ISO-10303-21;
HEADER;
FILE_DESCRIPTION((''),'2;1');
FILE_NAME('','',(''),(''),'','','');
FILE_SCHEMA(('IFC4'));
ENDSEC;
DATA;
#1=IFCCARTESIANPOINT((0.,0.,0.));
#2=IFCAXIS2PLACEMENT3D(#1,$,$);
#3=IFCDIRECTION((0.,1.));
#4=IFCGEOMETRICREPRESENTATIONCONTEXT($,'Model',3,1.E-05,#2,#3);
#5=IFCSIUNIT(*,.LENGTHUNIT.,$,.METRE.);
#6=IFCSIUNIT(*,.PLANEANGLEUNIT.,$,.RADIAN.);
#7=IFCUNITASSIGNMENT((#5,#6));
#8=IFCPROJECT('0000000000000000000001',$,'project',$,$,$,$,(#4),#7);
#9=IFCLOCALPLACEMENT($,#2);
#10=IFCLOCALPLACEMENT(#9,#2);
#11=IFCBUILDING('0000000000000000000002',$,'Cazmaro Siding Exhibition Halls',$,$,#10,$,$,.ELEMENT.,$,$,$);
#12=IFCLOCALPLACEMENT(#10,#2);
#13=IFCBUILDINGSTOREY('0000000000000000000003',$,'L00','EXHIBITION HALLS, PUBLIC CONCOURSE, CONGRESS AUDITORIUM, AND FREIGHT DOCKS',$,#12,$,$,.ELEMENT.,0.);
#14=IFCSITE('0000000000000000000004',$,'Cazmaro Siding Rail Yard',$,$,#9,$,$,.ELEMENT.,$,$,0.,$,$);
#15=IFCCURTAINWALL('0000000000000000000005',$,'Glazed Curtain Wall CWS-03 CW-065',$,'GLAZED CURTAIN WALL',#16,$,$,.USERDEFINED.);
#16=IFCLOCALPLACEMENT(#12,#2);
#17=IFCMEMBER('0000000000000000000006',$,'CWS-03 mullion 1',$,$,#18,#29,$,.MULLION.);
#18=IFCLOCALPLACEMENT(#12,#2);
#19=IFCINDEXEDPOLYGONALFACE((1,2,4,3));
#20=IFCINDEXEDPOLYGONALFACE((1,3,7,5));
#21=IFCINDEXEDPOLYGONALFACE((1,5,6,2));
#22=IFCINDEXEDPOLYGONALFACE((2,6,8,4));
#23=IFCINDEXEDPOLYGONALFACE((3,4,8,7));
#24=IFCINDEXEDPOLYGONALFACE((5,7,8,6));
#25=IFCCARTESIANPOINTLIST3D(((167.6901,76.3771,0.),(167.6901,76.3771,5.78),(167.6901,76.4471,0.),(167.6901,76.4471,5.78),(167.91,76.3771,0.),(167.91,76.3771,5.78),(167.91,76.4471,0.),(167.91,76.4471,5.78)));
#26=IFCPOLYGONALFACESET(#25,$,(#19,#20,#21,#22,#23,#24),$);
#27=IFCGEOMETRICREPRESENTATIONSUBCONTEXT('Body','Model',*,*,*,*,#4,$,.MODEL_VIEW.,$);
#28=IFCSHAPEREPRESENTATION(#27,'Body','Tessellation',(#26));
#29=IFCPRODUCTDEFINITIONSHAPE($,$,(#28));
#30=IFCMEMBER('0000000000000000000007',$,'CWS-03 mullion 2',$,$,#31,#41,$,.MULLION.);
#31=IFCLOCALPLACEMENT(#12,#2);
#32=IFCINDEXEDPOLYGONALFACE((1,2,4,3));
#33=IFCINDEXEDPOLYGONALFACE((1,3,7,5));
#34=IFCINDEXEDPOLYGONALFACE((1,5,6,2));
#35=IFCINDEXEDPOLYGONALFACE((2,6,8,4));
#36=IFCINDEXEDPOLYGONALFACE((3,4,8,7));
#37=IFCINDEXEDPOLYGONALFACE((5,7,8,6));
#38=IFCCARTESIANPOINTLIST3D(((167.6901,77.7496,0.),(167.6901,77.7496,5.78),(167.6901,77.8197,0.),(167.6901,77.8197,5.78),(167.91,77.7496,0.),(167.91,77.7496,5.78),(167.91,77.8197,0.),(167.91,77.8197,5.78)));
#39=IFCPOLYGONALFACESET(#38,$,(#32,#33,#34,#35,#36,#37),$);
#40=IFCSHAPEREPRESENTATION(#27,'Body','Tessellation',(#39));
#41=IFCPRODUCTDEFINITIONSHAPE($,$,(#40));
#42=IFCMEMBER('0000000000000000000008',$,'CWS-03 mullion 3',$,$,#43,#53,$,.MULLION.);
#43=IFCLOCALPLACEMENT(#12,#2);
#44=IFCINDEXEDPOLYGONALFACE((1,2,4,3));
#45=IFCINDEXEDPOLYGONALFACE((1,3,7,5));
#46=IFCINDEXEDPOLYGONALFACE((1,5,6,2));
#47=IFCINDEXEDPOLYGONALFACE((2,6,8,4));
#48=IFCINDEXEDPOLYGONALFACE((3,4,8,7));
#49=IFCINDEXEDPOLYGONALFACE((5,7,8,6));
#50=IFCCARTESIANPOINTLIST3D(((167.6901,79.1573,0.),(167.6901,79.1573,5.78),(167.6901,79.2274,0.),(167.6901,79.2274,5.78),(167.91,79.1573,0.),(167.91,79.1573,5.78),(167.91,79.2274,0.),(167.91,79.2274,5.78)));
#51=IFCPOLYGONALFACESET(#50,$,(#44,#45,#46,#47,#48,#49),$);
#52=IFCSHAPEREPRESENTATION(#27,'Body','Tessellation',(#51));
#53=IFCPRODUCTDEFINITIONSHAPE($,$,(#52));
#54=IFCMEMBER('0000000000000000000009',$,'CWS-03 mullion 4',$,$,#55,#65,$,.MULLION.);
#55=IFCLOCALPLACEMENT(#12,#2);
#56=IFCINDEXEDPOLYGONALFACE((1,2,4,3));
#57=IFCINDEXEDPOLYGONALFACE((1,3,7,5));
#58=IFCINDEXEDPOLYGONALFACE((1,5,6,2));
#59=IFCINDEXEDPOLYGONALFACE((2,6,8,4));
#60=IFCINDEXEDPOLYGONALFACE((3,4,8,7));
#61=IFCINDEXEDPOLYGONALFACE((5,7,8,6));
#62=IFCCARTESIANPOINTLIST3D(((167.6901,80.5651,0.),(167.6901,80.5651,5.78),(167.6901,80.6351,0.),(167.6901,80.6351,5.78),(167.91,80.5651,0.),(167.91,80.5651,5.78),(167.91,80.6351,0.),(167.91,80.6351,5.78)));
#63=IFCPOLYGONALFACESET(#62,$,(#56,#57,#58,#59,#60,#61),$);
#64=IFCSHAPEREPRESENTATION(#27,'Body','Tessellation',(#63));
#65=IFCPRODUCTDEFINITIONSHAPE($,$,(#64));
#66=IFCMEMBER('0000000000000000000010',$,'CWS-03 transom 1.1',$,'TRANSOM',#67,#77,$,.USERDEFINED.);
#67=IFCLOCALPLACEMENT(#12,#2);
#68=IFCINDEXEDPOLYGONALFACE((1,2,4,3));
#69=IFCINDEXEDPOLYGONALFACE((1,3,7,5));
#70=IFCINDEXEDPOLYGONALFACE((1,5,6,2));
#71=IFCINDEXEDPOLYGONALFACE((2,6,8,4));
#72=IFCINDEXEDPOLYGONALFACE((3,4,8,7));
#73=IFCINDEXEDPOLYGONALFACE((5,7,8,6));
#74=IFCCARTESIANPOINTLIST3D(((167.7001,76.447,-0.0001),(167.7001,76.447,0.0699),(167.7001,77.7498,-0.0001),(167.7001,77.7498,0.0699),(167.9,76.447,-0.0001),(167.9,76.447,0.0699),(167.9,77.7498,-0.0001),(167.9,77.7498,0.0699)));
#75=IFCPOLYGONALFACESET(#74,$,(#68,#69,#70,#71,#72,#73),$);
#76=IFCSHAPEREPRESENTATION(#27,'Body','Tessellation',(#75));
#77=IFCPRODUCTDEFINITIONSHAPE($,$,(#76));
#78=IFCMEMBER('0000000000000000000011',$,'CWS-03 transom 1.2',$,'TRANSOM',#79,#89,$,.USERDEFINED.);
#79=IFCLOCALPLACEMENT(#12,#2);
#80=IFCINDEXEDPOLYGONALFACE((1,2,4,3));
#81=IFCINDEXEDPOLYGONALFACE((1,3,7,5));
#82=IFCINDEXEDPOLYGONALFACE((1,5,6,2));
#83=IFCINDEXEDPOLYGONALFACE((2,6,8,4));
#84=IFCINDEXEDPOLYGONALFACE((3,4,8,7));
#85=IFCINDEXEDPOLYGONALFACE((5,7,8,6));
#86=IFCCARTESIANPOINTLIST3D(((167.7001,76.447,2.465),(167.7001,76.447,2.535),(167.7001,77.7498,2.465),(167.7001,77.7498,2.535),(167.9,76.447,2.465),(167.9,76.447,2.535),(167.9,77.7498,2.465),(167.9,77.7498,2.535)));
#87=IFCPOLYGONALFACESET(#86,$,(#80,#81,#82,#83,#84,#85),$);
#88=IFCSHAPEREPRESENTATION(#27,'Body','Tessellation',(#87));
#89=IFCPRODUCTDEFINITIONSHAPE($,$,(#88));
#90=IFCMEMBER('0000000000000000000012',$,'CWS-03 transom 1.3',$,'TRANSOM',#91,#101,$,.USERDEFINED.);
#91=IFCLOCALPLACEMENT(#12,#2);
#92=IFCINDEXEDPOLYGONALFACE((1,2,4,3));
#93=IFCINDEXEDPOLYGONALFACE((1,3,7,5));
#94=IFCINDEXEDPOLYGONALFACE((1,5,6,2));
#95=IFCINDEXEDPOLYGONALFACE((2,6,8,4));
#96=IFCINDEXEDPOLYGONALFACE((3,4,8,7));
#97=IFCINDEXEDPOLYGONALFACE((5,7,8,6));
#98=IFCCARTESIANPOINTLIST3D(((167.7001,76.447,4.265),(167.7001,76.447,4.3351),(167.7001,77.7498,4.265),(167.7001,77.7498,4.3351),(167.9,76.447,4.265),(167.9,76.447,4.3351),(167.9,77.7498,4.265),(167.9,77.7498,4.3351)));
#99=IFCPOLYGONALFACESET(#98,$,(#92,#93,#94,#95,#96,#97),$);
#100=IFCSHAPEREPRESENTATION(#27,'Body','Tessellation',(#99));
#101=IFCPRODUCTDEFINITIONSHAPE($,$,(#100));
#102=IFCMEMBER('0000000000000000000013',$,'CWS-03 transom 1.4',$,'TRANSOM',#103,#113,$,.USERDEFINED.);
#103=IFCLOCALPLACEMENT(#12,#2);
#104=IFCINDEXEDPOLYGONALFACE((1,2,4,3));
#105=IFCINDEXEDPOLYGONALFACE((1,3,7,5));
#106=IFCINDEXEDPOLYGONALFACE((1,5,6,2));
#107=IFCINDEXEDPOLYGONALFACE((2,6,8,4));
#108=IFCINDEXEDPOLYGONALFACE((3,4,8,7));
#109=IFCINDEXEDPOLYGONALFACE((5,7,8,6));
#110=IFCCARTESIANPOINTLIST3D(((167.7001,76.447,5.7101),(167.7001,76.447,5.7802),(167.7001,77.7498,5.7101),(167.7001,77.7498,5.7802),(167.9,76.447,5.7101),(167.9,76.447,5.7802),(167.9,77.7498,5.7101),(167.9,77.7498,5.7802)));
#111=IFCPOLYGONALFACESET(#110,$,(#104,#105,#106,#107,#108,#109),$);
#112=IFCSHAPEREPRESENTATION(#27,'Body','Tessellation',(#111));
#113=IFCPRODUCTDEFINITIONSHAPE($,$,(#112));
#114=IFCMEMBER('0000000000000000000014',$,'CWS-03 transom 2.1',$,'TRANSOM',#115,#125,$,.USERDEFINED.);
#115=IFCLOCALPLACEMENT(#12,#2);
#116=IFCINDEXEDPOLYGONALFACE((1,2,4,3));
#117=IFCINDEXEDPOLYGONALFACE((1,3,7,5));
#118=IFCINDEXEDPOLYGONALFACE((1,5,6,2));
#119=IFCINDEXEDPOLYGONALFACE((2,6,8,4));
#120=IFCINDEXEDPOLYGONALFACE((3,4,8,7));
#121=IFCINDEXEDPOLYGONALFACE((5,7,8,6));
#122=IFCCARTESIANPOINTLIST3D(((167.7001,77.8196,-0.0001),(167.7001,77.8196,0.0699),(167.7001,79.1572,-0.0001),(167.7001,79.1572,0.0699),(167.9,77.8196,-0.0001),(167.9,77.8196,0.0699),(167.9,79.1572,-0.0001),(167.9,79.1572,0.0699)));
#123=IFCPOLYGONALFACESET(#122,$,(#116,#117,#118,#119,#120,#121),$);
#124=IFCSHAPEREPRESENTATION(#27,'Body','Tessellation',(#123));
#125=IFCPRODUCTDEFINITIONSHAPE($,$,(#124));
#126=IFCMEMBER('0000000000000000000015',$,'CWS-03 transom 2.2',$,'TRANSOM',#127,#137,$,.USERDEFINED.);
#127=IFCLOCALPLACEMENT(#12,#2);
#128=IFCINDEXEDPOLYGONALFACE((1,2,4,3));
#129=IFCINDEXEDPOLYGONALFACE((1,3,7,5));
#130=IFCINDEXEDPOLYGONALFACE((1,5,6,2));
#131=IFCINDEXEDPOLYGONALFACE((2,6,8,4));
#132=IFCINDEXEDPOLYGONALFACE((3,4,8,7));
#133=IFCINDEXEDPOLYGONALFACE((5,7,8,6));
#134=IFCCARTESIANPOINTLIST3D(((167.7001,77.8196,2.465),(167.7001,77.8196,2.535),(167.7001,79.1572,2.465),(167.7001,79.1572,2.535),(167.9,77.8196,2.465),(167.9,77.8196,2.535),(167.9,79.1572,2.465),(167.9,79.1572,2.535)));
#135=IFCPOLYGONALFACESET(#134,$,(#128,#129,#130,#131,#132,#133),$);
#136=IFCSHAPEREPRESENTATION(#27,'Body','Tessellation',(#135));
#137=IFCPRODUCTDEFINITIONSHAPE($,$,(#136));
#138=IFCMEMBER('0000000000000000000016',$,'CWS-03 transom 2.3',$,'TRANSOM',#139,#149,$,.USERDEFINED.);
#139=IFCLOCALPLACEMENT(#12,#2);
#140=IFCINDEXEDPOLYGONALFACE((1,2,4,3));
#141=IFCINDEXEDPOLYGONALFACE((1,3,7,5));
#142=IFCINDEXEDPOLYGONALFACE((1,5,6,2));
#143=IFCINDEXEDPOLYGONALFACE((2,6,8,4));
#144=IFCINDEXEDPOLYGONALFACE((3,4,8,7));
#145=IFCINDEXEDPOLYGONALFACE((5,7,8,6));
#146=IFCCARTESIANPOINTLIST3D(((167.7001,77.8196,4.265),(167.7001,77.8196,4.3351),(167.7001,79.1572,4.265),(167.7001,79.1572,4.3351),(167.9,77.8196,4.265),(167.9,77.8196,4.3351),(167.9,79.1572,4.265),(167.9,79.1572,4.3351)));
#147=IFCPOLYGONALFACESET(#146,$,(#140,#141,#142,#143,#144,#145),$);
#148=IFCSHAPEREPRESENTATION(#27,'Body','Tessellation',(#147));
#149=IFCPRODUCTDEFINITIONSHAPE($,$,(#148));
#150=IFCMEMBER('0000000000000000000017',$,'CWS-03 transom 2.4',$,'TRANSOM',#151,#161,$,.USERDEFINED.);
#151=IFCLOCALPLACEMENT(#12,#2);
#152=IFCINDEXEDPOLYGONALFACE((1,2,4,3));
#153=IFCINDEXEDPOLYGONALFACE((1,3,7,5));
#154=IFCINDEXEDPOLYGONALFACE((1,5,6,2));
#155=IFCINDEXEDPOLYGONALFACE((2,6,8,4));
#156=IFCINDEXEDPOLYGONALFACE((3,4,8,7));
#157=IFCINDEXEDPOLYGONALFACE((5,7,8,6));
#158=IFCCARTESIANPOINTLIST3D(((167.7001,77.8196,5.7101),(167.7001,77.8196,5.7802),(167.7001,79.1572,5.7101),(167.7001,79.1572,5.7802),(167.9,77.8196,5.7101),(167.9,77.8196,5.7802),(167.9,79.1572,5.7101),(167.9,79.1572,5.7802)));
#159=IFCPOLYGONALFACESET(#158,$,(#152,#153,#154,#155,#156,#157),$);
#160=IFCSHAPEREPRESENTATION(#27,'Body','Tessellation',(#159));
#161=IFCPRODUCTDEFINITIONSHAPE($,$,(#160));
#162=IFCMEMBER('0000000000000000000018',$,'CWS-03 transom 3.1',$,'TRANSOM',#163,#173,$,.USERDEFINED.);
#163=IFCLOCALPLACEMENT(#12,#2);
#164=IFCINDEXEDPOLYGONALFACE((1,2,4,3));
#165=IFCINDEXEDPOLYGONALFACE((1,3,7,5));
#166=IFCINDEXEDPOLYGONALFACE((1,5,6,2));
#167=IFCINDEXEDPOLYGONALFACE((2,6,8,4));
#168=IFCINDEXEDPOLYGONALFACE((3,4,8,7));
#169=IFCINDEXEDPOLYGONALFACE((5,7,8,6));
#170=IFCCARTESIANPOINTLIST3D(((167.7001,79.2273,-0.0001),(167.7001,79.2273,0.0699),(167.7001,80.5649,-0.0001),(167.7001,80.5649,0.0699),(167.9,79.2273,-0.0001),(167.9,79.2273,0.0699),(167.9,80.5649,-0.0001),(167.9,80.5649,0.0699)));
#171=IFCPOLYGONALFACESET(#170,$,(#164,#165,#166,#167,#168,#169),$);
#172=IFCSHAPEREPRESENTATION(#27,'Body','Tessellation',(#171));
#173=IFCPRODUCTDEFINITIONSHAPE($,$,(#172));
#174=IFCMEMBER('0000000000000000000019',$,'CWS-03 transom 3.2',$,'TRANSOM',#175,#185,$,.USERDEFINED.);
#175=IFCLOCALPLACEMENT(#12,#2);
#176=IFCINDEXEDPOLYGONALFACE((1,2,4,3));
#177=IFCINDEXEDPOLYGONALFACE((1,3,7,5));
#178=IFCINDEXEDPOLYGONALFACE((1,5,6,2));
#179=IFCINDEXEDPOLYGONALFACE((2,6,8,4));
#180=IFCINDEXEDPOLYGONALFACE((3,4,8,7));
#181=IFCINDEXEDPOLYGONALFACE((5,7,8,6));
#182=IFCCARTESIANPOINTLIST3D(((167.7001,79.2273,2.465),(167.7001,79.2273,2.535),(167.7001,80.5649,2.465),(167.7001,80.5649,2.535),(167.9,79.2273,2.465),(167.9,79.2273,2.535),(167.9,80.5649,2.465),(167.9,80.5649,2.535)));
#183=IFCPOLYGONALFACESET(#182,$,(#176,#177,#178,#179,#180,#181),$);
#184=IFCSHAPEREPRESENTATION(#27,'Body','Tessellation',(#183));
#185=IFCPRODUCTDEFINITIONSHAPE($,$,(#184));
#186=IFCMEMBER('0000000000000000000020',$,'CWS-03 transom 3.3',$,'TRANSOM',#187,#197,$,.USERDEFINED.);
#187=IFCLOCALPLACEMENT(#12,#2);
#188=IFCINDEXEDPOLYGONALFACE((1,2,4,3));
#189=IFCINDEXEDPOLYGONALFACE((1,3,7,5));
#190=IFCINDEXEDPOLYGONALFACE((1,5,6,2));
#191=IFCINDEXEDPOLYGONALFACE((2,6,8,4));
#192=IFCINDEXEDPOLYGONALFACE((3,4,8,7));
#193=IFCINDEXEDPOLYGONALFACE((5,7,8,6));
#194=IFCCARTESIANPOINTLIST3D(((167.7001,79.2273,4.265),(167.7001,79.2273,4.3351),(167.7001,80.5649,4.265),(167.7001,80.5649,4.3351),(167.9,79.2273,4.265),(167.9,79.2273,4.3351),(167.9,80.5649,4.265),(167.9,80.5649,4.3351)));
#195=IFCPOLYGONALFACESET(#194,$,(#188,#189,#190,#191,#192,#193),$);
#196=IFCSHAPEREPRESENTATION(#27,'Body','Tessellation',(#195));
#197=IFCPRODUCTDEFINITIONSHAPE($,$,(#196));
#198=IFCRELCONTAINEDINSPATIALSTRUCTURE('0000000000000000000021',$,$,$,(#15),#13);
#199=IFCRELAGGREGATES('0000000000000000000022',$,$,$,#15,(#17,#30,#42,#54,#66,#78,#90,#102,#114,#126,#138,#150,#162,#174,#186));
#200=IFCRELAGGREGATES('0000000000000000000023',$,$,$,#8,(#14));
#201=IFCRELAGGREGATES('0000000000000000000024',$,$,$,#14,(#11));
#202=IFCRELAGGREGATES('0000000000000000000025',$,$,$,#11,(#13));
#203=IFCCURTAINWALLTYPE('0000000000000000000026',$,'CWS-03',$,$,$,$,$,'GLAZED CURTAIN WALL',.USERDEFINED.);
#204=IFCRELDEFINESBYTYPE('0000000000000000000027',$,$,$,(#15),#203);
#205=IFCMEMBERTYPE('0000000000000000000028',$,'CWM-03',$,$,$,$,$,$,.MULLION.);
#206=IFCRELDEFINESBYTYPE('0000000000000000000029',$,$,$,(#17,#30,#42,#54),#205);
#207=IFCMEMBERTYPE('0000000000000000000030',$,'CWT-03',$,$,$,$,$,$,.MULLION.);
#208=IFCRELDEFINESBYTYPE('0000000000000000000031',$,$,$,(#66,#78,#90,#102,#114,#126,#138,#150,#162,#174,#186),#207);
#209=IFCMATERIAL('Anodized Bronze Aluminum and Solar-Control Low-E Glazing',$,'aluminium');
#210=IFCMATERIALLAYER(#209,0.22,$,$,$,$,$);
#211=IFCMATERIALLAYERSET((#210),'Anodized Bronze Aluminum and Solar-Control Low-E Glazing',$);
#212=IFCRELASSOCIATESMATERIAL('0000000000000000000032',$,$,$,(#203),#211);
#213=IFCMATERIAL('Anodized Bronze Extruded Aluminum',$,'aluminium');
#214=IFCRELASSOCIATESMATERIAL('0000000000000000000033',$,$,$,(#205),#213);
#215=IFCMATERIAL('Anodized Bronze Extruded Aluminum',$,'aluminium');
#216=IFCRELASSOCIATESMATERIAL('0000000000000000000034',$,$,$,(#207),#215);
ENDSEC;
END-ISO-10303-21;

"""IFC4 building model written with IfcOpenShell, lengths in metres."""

from ifc_helpers import new_model, si_unit, direction, frame, origin, origin_2d, place, context, subcontext, project, spatial, rectangle, extrude, material, layer, layer_set, material_profile, profile_set, type_object, element, aggregate, save


model = new_model("IFC4")

# Units and contexts
model_context = context("Model", 3, precision=1e-05, world=origin(), true_north=direction((0.0, 1.0)))
body_context = subcontext(model_context, "Body", "Model", "MODEL_VIEW")
ifc_project = project(units=[si_unit("LENGTHUNIT", "METRE"), si_unit("PLANEANGLEUNIT", "RADIAN")], contexts=[model_context])

# Site, building, storey
site_placement = place(None, origin())
site = spatial("IfcSite", under=ifc_project, at=site_placement, Name="Cazmaro Siding Rail Yard", CompositionType="ELEMENT", RefElevation=0.0)
building_placement = place(site_placement, origin())
building = spatial("IfcBuilding", under=site, at=building_placement, Name="Cazmaro Siding Exhibition Halls", CompositionType="ELEMENT")
storey_placement = place(building_placement, origin())
storey = spatial("IfcBuildingStorey", under=building, at=storey_placement, Name="L00", Description="EXHIBITION HALLS, PUBLIC CONCOURSE, CONGRESS AUDITORIUM, AND FREIGHT DOCKS", CompositionType="ELEMENT", Elevation=0.0)

# Curtain wall, members
ifc_material_1 = material(Name="Anodized Bronze Aluminum and Solar-Control Low-E Glazing", Category="aluminium")
ifc_layer_1 = layer(ifc_material_1, 0.22)
ifc_layer_set_1 = layer_set([ifc_layer_1], Name="Anodized Bronze Aluminum and Solar-Control Low-E Glazing")
curtain_wall_type = type_object("IfcCurtainWallType", Name="CWS-03", ElementType="GLAZED CURTAIN WALL", PredefinedType="USERDEFINED", material=ifc_layer_set_1)
curtain_wall_placement = place(storey_placement, origin())
curtain_wall = element("IfcCurtainWall", 1, at=curtain_wall_placement, inside=storey, type_object=curtain_wall_type, Name="Glazed Curtain Wall CWS-03 CW-065", ObjectType="GLAZED CURTAIN WALL", PredefinedType="USERDEFINED")
ifc_material_2 = material(Name="Anodized Bronze Extruded Aluminum", Category="aluminium")
ifc_material_profile_1 = material_profile(ifc_material_2, rectangle(XDim=0.22, YDim=0.0701, at=origin_2d()), Name="CWM-03")
ifc_profile_set_1 = profile_set([ifc_material_profile_1], Name="Anodized Bronze Extruded Aluminum")
member_type_1 = type_object("IfcMemberType", Name="CWM-03", PredefinedType="MULLION", material=ifc_profile_set_1)
member_1_placement = place(storey_placement, frame((167.8, 76.4121, 0.0), z_axis=(0.0, 0.0, 1.0), x_axis=(-1.0, 0.0, 0.0)))
member_1 = element("IfcMember", 2, at=member_1_placement, type_object=member_type_1, Name="CWS-03 mullion 1", PredefinedType="MULLION", context=body_context, shape_type="SweptSolid", body=[
    extrude(rectangle(XDim=0.22, YDim=0.0701, at=origin_2d()), origin(), (0.0, 0.0, 1.0), 5.78),
])
member_2_placement = place(storey_placement, frame((167.8, 77.7847, 0.0), z_axis=(0.0, 0.0, 1.0), x_axis=(-1.0, 0.0, 0.0)))
member_2 = element("IfcMember", 3, at=member_2_placement, type_object=member_type_1, Name="CWS-03 mullion 2", PredefinedType="MULLION", context=body_context, shape_type="SweptSolid", body=[
    extrude(rectangle(XDim=0.22, YDim=0.0701, at=origin_2d()), origin(), (0.0, 0.0, 1.0), 5.78),
])
member_3_placement = place(storey_placement, frame((167.8, 79.1924, 0.0), z_axis=(0.0, 0.0, 1.0), x_axis=(-1.0, 0.0, 0.0)))
member_3 = element("IfcMember", 4, at=member_3_placement, type_object=member_type_1, Name="CWS-03 mullion 3", PredefinedType="MULLION", context=body_context, shape_type="SweptSolid", body=[
    extrude(rectangle(XDim=0.22, YDim=0.0701, at=origin_2d()), origin(), (0.0, 0.0, 1.0), 5.78),
])
member_4_placement = place(storey_placement, frame((167.8, 80.6001, 0.0), z_axis=(0.0, 0.0, 1.0), x_axis=(-1.0, 0.0, 0.0)))
member_4 = element("IfcMember", 5, at=member_4_placement, type_object=member_type_1, Name="CWS-03 mullion 4", PredefinedType="MULLION", context=body_context, shape_type="SweptSolid", body=[
    extrude(rectangle(XDim=0.22, YDim=0.0701, at=origin_2d()), origin(), (0.0, 0.0, 1.0), 5.78),
])
ifc_material_3 = material(Name="Anodized Bronze Extruded Aluminum", Category="aluminium")
ifc_material_profile_2 = material_profile(ifc_material_3, rectangle(XDim=0.2, YDim=0.0701, at=origin_2d()), Name="CWT-03")
ifc_profile_set_2 = profile_set([ifc_material_profile_2], Name="Anodized Bronze Extruded Aluminum")
member_type_2 = type_object("IfcMemberType", Name="CWT-03", PredefinedType="MULLION", material=ifc_profile_set_2)
member_5_placement = place(storey_placement, frame((167.8, 76.447, 0.0349), z_axis=(0.0, 1.0, 0.0), x_axis=(-1.0, 0.0, 0.0)))
member_5 = element("IfcMember", 6, at=member_5_placement, type_object=member_type_2, Name="CWS-03 transom 1.1", ObjectType="TRANSOM", PredefinedType="USERDEFINED", context=body_context, shape_type="SweptSolid", body=[
    extrude(rectangle(XDim=0.2, YDim=0.0701, at=origin_2d()), origin(), (0.0, 0.0, 1.0), 1.3027),
])
member_6_placement = place(storey_placement, frame((167.8, 76.447, 2.5), z_axis=(0.0, 1.0, 0.0), x_axis=(-1.0, 0.0, 0.0)))
member_6 = element("IfcMember", 7, at=member_6_placement, type_object=member_type_2, Name="CWS-03 transom 1.2", ObjectType="TRANSOM", PredefinedType="USERDEFINED", context=body_context, shape_type="SweptSolid", body=[
    extrude(rectangle(XDim=0.2, YDim=0.0701, at=origin_2d()), origin(), (0.0, 0.0, 1.0), 1.3027),
])
member_7_placement = place(storey_placement, frame((167.8, 76.447, 4.3), z_axis=(0.0, 1.0, 0.0), x_axis=(-1.0, 0.0, 0.0)))
member_7 = element("IfcMember", 8, at=member_7_placement, type_object=member_type_2, Name="CWS-03 transom 1.3", ObjectType="TRANSOM", PredefinedType="USERDEFINED", context=body_context, shape_type="SweptSolid", body=[
    extrude(rectangle(XDim=0.2, YDim=0.0701, at=origin_2d()), origin(), (0.0, 0.0, 1.0), 1.3027),
])
member_8_placement = place(storey_placement, frame((167.8, 76.447, 5.7451), z_axis=(0.0, 1.0, 0.0), x_axis=(-1.0, 0.0, 0.0)))
member_8 = element("IfcMember", 9, at=member_8_placement, type_object=member_type_2, Name="CWS-03 transom 1.4", ObjectType="TRANSOM", PredefinedType="USERDEFINED", context=body_context, shape_type="SweptSolid", body=[
    extrude(rectangle(XDim=0.2, YDim=0.0701, at=origin_2d()), origin(), (0.0, 0.0, 1.0), 1.3027),
])
member_9_placement = place(storey_placement, frame((167.8, 77.8196, 0.0349), z_axis=(0.0, 1.0, 0.0), x_axis=(-1.0, 0.0, 0.0)))
member_9 = element("IfcMember", 10, at=member_9_placement, type_object=member_type_2, Name="CWS-03 transom 2.1", ObjectType="TRANSOM", PredefinedType="USERDEFINED", context=body_context, shape_type="SweptSolid", body=[
    extrude(rectangle(XDim=0.2, YDim=0.0701, at=origin_2d()), origin(), (0.0, 0.0, 1.0), 1.3376),
])
member_10_placement = place(storey_placement, frame((167.8, 77.8196, 2.5), z_axis=(0.0, 1.0, 0.0), x_axis=(-1.0, 0.0, 0.0)))
member_10 = element("IfcMember", 11, at=member_10_placement, type_object=member_type_2, Name="CWS-03 transom 2.2", ObjectType="TRANSOM", PredefinedType="USERDEFINED", context=body_context, shape_type="SweptSolid", body=[
    extrude(rectangle(XDim=0.2, YDim=0.0701, at=origin_2d()), origin(), (0.0, 0.0, 1.0), 1.3376),
])
member_11_placement = place(storey_placement, frame((167.8, 77.8196, 4.3), z_axis=(0.0, 1.0, 0.0), x_axis=(-1.0, 0.0, 0.0)))
member_11 = element("IfcMember", 12, at=member_11_placement, type_object=member_type_2, Name="CWS-03 transom 2.3", ObjectType="TRANSOM", PredefinedType="USERDEFINED", context=body_context, shape_type="SweptSolid", body=[
    extrude(rectangle(XDim=0.2, YDim=0.0701, at=origin_2d()), origin(), (0.0, 0.0, 1.0), 1.3376),
])
member_12_placement = place(storey_placement, frame((167.8, 77.8196, 5.7451), z_axis=(0.0, 1.0, 0.0), x_axis=(-1.0, 0.0, 0.0)))
member_12 = element("IfcMember", 13, at=member_12_placement, type_object=member_type_2, Name="CWS-03 transom 2.4", ObjectType="TRANSOM", PredefinedType="USERDEFINED", context=body_context, shape_type="SweptSolid", body=[
    extrude(rectangle(XDim=0.2, YDim=0.0701, at=origin_2d()), origin(), (0.0, 0.0, 1.0), 1.3376),
])
member_13_placement = place(storey_placement, frame((167.8, 79.2273, 0.0349), z_axis=(0.0, 1.0, 0.0), x_axis=(-1.0, 0.0, 0.0)))
member_13 = element("IfcMember", 14, at=member_13_placement, type_object=member_type_2, Name="CWS-03 transom 3.1", ObjectType="TRANSOM", PredefinedType="USERDEFINED", context=body_context, shape_type="SweptSolid", body=[
    extrude(rectangle(XDim=0.2, YDim=0.0701, at=origin_2d()), origin(), (0.0, 0.0, 1.0), 1.3376),
])
member_14_placement = place(storey_placement, frame((167.8, 79.2273, 2.5), z_axis=(0.0, 1.0, 0.0), x_axis=(-1.0, 0.0, 0.0)))
member_14 = element("IfcMember", 15, at=member_14_placement, type_object=member_type_2, Name="CWS-03 transom 3.2", ObjectType="TRANSOM", PredefinedType="USERDEFINED", context=body_context, shape_type="SweptSolid", body=[
    extrude(rectangle(XDim=0.2, YDim=0.0701, at=origin_2d()), origin(), (0.0, 0.0, 1.0), 1.3376),
])
member_15_placement = place(storey_placement, frame((167.8, 79.2273, 4.3), z_axis=(0.0, 1.0, 0.0), x_axis=(-1.0, 0.0, 0.0)))
member_15 = element("IfcMember", 16, at=member_15_placement, type_object=member_type_2, Name="CWS-03 transom 3.3", ObjectType="TRANSOM", PredefinedType="USERDEFINED", context=body_context, shape_type="SweptSolid", body=[
    extrude(rectangle(XDim=0.2, YDim=0.0701, at=origin_2d()), origin(), (0.0, 0.0, 1.0), 1.3376),
])
aggregate(curtain_wall, [member_1, member_2, member_3, member_4, member_5, member_6, member_7, member_8, member_9, member_10, member_11, member_12, member_13, member_14, member_15])

save(model, "model.ifc")
